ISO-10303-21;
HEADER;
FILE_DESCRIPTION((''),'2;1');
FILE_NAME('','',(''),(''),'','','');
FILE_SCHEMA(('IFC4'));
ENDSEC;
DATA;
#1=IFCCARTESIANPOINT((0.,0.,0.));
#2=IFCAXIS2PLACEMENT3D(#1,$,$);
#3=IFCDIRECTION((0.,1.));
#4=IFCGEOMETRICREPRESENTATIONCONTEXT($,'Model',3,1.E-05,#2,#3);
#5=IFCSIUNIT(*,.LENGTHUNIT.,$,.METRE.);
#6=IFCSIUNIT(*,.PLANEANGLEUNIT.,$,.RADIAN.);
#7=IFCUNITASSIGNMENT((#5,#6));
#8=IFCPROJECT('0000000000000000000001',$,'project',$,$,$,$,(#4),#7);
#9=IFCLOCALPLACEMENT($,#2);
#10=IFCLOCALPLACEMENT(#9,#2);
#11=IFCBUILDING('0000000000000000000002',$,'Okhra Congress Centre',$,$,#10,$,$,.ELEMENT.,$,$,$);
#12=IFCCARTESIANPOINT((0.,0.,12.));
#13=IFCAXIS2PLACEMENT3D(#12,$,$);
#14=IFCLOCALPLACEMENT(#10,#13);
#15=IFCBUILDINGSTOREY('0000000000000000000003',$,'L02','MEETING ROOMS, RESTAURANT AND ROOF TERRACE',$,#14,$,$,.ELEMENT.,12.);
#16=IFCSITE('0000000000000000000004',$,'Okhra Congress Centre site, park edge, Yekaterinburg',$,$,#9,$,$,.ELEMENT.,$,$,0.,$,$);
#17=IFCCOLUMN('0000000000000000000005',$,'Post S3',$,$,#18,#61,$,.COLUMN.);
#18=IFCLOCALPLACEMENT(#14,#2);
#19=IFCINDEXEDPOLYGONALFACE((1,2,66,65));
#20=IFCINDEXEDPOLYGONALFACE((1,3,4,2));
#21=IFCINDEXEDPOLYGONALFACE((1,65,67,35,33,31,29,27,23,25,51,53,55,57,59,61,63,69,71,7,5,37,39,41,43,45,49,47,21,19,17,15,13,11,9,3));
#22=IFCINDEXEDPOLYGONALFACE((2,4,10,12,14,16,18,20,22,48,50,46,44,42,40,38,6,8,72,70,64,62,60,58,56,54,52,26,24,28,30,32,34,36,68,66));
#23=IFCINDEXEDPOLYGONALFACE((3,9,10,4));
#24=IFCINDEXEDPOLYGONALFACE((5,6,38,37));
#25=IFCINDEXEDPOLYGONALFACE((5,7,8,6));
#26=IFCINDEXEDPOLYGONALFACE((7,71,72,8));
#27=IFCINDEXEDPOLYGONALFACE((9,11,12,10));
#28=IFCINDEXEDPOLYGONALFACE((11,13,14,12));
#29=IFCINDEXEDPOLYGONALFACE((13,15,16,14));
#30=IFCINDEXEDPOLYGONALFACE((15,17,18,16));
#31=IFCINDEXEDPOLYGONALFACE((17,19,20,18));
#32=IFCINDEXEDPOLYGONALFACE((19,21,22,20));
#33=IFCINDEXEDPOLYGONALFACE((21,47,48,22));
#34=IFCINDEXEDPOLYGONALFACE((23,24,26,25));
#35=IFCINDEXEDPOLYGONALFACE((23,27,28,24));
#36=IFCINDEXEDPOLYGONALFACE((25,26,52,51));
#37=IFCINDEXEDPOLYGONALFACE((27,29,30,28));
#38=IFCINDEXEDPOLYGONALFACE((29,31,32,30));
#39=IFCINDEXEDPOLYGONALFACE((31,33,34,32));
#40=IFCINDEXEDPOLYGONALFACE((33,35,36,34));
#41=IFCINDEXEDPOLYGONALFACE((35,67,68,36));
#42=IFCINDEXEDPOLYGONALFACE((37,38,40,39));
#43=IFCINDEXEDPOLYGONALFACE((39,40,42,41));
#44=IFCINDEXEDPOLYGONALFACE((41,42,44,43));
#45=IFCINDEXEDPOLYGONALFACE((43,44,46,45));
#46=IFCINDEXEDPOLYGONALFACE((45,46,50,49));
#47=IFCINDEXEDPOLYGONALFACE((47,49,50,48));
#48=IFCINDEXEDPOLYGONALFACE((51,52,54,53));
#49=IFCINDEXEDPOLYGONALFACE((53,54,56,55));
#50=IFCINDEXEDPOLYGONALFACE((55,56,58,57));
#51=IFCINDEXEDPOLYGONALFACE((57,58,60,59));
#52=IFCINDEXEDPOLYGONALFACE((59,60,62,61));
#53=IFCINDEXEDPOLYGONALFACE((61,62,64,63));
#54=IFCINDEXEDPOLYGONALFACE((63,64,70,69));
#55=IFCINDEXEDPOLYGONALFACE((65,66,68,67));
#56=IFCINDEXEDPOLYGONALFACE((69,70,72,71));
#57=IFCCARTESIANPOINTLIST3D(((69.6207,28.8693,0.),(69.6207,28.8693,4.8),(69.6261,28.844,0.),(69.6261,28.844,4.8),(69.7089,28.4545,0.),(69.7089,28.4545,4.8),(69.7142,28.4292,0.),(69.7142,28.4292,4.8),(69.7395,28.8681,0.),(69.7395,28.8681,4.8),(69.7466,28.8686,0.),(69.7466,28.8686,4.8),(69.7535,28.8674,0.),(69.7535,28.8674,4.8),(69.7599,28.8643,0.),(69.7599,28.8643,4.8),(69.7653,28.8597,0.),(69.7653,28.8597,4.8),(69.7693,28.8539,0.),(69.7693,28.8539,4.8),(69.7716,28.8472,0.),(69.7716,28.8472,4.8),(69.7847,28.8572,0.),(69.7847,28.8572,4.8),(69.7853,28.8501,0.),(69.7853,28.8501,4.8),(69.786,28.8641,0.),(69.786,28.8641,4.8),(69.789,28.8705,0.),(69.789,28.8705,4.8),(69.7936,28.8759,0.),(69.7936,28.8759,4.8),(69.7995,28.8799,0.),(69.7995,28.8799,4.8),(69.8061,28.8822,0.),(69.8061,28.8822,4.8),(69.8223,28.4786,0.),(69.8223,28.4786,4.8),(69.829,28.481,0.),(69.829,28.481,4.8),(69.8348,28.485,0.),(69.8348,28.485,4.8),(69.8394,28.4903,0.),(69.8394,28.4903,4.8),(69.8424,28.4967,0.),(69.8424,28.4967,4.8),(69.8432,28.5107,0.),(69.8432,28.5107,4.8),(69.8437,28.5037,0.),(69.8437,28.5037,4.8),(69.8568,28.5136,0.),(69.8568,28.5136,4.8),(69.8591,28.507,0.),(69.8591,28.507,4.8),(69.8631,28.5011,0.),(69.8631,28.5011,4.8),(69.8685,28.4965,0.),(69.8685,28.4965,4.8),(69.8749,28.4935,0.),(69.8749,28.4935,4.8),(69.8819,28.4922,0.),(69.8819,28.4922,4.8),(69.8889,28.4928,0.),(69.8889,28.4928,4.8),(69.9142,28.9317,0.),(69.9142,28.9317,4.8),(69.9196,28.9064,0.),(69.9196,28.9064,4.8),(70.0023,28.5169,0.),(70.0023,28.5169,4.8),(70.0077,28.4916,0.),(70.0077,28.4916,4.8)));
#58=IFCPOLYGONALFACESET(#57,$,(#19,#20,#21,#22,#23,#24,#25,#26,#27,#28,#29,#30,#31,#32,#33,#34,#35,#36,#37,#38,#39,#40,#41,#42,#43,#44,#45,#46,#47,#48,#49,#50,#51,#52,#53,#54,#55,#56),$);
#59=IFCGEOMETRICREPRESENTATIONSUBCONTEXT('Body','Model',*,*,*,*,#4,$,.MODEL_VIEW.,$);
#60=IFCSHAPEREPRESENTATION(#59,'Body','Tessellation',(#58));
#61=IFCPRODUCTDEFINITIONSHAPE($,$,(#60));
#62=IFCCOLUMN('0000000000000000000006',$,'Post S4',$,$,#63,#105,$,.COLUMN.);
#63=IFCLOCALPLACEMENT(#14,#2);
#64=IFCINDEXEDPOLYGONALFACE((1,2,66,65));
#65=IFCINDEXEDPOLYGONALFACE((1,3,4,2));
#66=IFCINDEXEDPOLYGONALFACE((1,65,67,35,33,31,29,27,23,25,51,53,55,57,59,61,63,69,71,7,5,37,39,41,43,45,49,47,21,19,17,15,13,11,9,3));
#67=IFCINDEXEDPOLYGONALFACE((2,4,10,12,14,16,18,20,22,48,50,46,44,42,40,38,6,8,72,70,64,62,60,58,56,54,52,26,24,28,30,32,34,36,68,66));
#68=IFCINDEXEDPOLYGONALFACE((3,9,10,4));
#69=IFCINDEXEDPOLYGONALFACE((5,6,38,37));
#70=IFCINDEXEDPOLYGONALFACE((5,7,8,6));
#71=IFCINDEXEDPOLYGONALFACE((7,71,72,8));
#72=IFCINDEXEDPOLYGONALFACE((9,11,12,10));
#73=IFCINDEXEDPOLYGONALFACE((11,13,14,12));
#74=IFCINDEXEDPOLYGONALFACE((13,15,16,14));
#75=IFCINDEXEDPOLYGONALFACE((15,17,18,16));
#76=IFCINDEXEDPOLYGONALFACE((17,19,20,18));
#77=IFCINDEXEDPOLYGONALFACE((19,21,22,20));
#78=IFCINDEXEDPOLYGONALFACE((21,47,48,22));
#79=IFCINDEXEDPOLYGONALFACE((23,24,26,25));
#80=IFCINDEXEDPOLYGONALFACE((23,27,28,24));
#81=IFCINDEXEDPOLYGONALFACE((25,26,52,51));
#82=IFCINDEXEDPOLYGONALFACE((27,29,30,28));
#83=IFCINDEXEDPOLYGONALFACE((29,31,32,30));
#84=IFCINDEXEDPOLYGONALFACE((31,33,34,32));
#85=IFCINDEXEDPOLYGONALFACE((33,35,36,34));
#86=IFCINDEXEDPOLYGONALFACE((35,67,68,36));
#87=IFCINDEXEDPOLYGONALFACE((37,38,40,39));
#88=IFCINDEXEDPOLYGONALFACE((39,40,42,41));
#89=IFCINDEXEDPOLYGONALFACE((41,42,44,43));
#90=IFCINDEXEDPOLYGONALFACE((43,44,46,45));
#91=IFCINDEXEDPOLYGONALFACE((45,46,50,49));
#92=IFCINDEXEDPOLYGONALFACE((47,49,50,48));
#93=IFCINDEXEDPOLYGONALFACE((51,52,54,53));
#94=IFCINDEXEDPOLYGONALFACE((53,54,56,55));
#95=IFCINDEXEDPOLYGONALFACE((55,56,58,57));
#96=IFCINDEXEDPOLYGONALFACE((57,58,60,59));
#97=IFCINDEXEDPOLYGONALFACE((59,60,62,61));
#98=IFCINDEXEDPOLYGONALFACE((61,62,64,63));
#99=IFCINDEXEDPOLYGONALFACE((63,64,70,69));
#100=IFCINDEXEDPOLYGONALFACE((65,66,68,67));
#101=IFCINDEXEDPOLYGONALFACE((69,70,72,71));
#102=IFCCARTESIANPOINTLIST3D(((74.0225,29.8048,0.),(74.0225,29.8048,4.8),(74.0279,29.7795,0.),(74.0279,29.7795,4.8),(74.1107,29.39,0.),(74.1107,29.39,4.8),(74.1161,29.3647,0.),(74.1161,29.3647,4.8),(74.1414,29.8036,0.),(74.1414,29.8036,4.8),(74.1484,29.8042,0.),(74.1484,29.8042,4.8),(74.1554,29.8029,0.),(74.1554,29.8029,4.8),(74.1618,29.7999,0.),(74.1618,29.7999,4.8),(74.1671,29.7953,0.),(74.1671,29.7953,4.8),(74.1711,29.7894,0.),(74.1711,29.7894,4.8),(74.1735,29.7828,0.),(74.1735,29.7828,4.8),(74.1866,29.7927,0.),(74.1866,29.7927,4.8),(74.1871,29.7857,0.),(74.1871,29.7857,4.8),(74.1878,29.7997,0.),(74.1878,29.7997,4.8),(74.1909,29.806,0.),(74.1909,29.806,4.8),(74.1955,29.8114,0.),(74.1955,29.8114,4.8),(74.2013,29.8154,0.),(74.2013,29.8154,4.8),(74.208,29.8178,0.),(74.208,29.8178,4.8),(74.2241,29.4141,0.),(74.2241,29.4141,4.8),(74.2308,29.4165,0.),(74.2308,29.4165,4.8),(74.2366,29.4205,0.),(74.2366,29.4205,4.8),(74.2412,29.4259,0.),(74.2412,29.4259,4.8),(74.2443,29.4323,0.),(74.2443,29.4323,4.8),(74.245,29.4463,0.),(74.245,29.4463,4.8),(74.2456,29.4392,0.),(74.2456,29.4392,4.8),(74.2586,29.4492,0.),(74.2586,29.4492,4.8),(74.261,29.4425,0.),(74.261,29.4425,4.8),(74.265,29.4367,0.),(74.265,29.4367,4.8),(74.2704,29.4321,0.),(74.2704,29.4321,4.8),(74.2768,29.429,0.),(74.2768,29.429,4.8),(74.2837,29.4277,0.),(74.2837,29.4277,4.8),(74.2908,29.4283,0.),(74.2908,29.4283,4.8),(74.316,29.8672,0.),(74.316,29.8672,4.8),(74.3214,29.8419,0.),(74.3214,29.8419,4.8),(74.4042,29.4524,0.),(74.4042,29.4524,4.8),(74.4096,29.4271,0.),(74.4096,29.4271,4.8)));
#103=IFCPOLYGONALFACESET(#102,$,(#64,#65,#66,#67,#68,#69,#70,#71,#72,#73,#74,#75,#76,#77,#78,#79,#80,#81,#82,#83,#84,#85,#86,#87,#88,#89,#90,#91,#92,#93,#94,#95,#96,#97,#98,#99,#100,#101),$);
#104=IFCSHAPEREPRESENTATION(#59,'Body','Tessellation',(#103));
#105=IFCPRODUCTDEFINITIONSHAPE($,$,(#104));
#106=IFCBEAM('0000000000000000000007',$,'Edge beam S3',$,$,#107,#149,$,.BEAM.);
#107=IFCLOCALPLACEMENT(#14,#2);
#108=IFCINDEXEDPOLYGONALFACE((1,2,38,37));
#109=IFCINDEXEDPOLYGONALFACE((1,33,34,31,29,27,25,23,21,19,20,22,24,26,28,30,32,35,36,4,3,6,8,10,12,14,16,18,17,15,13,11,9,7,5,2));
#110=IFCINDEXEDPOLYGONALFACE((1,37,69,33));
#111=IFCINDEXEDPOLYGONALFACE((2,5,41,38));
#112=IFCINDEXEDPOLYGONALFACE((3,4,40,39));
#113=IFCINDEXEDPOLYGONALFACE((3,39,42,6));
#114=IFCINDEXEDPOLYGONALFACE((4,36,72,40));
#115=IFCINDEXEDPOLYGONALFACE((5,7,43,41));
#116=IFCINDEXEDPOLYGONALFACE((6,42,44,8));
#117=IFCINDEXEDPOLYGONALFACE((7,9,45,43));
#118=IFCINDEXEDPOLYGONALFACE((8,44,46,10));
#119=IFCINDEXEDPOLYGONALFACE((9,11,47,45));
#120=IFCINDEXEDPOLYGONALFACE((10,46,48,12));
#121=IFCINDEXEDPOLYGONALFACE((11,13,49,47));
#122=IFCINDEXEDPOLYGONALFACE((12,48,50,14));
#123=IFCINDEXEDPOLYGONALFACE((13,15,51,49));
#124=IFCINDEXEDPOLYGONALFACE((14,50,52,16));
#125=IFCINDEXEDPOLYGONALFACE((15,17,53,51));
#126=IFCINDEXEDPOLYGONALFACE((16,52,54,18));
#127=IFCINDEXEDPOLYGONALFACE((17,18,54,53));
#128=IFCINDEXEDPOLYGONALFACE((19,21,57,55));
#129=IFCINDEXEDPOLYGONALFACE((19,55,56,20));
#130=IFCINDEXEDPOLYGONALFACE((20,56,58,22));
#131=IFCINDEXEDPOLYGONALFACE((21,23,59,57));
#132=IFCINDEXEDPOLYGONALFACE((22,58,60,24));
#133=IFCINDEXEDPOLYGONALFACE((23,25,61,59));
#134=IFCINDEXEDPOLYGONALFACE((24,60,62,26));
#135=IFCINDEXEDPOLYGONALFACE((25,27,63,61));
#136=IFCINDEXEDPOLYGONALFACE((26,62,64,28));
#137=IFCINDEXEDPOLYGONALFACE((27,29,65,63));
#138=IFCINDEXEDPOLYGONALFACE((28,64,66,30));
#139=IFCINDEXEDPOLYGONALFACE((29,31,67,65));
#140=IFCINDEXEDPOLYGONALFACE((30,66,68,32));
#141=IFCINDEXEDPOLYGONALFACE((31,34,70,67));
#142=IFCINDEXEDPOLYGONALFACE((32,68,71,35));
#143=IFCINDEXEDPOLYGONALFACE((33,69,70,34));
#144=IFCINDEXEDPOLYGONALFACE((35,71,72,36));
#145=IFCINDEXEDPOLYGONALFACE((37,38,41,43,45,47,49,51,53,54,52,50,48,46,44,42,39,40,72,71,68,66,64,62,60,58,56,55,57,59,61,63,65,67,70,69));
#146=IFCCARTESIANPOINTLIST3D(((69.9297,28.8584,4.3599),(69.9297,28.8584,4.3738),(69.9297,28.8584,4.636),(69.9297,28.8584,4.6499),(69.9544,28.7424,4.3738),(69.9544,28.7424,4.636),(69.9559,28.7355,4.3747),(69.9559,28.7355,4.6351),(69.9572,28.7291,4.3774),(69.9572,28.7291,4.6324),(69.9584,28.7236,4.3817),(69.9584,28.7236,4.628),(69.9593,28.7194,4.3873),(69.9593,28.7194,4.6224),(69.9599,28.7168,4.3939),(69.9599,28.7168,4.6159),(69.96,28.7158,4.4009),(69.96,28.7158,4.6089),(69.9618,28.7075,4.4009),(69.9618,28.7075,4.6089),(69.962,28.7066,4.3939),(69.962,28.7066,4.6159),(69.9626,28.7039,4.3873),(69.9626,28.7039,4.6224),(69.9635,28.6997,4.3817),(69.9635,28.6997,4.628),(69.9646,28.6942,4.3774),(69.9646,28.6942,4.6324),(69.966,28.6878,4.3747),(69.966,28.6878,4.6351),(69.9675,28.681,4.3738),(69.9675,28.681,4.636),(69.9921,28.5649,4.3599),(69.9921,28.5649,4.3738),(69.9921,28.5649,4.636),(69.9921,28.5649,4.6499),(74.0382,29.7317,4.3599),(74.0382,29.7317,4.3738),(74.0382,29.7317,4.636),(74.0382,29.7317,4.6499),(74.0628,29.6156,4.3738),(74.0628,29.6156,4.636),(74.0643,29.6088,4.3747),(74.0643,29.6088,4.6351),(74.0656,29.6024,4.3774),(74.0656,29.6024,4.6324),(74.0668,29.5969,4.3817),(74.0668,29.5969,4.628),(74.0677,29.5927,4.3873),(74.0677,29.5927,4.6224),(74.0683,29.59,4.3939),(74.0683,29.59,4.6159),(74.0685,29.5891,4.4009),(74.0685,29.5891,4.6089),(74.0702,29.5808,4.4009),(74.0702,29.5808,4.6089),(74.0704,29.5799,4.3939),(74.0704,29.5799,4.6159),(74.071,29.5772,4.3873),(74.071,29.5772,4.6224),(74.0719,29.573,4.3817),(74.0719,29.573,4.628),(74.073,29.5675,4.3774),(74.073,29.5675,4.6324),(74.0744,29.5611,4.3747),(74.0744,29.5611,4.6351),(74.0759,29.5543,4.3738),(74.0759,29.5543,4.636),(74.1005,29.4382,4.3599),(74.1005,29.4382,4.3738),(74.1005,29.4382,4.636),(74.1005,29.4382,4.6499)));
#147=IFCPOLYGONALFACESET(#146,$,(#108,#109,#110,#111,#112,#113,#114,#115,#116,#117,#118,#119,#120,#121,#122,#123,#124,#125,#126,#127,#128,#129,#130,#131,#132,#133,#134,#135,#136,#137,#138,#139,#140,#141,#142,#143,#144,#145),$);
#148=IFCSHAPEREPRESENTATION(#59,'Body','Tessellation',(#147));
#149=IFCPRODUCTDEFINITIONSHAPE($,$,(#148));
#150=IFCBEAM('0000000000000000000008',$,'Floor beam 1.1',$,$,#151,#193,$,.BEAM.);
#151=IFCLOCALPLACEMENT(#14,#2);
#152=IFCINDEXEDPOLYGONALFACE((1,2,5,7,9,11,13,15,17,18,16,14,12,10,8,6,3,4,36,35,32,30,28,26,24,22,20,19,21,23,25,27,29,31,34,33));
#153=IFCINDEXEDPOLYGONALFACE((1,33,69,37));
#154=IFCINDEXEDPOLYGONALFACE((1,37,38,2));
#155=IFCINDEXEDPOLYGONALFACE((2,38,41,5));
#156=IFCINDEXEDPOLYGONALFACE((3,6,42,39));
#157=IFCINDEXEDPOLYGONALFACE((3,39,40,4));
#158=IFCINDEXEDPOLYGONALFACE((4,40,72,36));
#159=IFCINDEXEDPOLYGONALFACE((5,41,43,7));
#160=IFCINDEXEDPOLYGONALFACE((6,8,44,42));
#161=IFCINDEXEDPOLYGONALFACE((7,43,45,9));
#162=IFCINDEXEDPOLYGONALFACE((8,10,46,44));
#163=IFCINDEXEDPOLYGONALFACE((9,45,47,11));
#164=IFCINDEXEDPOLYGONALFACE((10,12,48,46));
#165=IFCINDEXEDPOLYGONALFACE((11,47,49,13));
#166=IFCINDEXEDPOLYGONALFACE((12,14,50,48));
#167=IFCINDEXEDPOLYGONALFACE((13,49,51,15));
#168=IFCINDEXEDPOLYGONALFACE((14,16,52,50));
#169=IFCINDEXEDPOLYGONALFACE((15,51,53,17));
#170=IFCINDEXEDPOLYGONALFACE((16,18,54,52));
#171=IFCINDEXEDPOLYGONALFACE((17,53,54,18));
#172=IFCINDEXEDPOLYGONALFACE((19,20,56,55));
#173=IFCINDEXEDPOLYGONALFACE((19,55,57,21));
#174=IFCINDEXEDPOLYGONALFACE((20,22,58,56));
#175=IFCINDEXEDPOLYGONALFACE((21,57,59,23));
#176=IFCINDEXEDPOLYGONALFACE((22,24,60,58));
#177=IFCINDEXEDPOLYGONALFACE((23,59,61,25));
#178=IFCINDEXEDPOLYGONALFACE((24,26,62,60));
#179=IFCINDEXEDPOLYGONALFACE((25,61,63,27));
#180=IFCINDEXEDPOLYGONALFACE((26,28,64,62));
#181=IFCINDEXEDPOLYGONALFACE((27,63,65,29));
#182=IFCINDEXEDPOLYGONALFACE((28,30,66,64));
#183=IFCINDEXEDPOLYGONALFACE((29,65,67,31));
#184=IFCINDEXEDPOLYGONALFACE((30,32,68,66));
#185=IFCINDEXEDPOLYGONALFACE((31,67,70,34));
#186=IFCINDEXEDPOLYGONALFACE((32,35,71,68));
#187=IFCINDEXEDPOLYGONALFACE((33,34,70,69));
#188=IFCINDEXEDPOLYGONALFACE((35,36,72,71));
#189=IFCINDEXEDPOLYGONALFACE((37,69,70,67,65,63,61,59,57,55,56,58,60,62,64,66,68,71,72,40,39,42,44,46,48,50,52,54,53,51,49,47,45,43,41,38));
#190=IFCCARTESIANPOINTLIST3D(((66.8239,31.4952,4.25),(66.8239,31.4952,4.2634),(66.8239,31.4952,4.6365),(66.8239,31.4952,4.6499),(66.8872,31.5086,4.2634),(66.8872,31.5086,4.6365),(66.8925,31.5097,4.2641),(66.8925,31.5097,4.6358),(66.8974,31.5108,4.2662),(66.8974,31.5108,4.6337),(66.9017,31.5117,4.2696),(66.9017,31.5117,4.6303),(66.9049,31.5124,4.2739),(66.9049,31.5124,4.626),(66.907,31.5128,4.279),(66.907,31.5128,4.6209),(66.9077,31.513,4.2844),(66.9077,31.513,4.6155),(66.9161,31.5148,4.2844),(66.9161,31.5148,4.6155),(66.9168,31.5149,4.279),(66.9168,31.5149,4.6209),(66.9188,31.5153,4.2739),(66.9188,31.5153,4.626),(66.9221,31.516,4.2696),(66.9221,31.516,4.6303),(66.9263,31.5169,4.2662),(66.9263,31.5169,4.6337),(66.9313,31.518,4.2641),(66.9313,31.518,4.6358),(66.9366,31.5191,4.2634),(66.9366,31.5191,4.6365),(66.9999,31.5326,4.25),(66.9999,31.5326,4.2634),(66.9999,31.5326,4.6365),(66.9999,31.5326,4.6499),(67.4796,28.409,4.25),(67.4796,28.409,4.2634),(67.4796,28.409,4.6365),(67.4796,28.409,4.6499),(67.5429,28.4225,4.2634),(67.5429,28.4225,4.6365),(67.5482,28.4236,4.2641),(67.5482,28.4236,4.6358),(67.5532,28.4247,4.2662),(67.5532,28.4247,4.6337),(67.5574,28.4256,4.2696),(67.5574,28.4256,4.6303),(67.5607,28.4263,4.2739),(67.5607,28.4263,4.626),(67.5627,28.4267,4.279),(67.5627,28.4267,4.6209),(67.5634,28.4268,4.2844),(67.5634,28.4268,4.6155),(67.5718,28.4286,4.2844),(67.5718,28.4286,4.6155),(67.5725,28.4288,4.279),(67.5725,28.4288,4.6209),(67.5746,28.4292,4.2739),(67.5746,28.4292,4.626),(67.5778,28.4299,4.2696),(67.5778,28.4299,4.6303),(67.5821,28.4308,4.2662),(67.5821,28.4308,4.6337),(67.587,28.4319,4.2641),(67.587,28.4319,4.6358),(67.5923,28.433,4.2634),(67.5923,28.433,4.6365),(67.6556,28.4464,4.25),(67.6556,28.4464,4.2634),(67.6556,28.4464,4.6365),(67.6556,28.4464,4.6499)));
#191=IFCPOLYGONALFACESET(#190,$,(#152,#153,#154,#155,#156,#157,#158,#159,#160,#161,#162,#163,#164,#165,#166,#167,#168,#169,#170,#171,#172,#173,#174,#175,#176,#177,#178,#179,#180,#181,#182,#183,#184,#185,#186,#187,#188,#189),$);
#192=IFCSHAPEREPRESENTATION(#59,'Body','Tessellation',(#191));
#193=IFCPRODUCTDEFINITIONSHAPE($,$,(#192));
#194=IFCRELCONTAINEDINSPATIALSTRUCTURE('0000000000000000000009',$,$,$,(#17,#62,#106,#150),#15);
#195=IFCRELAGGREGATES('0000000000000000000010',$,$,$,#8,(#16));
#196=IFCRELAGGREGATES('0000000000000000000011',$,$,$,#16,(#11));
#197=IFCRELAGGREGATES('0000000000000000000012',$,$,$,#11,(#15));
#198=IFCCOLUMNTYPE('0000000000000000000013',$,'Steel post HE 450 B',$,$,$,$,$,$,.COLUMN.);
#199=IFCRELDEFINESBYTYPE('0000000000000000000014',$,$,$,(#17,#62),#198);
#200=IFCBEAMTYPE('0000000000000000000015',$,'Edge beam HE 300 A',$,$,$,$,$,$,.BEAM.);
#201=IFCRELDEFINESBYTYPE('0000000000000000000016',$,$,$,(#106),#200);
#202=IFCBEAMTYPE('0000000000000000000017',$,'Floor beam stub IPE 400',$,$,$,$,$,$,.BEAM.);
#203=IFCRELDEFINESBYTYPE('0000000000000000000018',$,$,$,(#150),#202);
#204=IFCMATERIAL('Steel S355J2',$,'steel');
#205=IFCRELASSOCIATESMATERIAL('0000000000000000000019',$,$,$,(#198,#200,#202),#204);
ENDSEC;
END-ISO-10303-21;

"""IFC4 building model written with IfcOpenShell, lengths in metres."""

from ifc_helpers import new_model, si_unit, direction, frame, origin, origin_2d, place, context, subcontext, project, spatial, i_section, extrude, material, material_profile, profile_set, type_object, element, save


model = new_model("IFC4")

# Units and contexts
model_context = context("Model", 3, precision=1e-05, world=origin(), true_north=direction((0.0, 1.0)))
body_context = subcontext(model_context, "Body", "Model", "MODEL_VIEW")
ifc_project = project(units=[si_unit("LENGTHUNIT", "METRE"), si_unit("PLANEANGLEUNIT", "RADIAN")], contexts=[model_context])

# Site, building, storey
site_placement = place(None, origin())
site = spatial("IfcSite", under=ifc_project, at=site_placement, Name="Okhra Congress Centre site, park edge, Yekaterinburg", CompositionType="ELEMENT", RefElevation=0.0)
building_placement = place(site_placement, origin())
building = spatial("IfcBuilding", under=site, at=building_placement, Name="Okhra Congress Centre", CompositionType="ELEMENT")
storey_placement = place(building_placement, frame((0.0, 0.0, 12.0)))
storey = spatial("IfcBuildingStorey", under=building, at=storey_placement, Name="L02", Description="MEETING ROOMS, RESTAURANT AND ROOF TERRACE", CompositionType="ELEMENT", Elevation=12.0)

# Columns
ifc_material_1 = material(Name="Steel S355J2", Category="steel")
ifc_material_profile_1 = material_profile(ifc_material_1, i_section(OverallWidth=0.3, OverallDepth=0.45, WebThickness=0.0139, FlangeThickness=0.0259, FilletRadius=0.0271, at=origin_2d()), Name="HE 450 B")
ifc_profile_set_1 = profile_set([ifc_material_profile_1], Name="Steel S355J2")
column_type = type_object("IfcColumnType", Name="Steel post HE 450 B", PredefinedType="COLUMN", material=ifc_profile_set_1)
for number, where, z_axis, x_axis, name in (
    (1, (69.8142, 28.6804, 0.0), (0.0, 0.0, 1.0), (0.978148, 0.207912, 0.0), "Post S3"),
    (2, (74.2161, 29.616, 0.0), (0.0, 0.0, 1.0), (0.978148, 0.207912, 0.0), "Post S4"),
):
    element("IfcColumn", number, at=place(storey_placement, frame(where, z_axis=z_axis, x_axis=x_axis)), inside=storey, type_object=column_type, Name=name, PredefinedType="COLUMN", context=body_context, shape_type="SweptSolid", body=[
        extrude(i_section(OverallWidth=0.3, OverallDepth=0.45, WebThickness=0.0139, FlangeThickness=0.0259, FilletRadius=0.0271, at=origin_2d()), origin(), (0.0, 0.0, 1.0), 4.8),
    ])

# Beams
ifc_material_profile_2 = material_profile(ifc_material_1, i_section(OverallWidth=0.3, OverallDepth=0.29, WebThickness=0.0085, FlangeThickness=0.0139, FilletRadius=0.0271, at=origin_2d()), Name="HE 300 A")
ifc_profile_set_2 = profile_set([ifc_material_profile_2], Name="Steel S355J2")
beam_type_1 = type_object("IfcBeamType", Name="Edge beam HE 300 A", PredefinedType="BEAM", material=ifc_profile_set_2)
beam_1_placement = place(storey_placement, frame((69.9609, 28.7117, 4.5049), z_axis=(0.978146, 0.207917, 0.0), x_axis=(-0.207917, 0.978146, 0.0)))
element("IfcBeam", 3, at=beam_1_placement, inside=storey, type_object=beam_type_1, Name="Edge beam S3", PredefinedType="BEAM", context=body_context, shape_type="SweptSolid", body=[
    extrude(i_section(OverallWidth=0.3, OverallDepth=0.29, WebThickness=0.0085, FlangeThickness=0.0139, FilletRadius=0.0271, at=origin_2d()), origin(), (0.0, 0.0, 1.0), 4.2002),
])
ifc_material_profile_3 = material_profile(ifc_material_1, i_section(OverallWidth=0.1799, OverallDepth=0.3999, WebThickness=0.0085, FlangeThickness=0.0134, FilletRadius=0.021, at=origin_2d()), Name="IPE 400")
ifc_profile_set_3 = profile_set([ifc_material_profile_3], Name="Steel S355J2")
beam_type_2 = type_object("IfcBeamType", Name="Floor beam stub IPE 400", PredefinedType="BEAM", material=ifc_profile_set_3)
beam_2_placement = place(storey_placement, frame((67.5676, 28.4277, 4.45), z_axis=(-0.207843, 0.978162, 0.0), x_axis=(-0.978162, -0.207843, 0.0)))
element("IfcBeam", 4, at=beam_2_placement, inside=storey, type_object=beam_type_2, Name="Floor beam 1.1", PredefinedType="BEAM", context=body_context, shape_type="SweptSolid", body=[
    extrude(i_section(OverallWidth=0.1799, OverallDepth=0.3999, WebThickness=0.0085, FlangeThickness=0.0134, FilletRadius=0.021, at=origin_2d()), origin(), (0.0, 0.0, 1.0), 3.155),
])

save(model, "model.ifc")
